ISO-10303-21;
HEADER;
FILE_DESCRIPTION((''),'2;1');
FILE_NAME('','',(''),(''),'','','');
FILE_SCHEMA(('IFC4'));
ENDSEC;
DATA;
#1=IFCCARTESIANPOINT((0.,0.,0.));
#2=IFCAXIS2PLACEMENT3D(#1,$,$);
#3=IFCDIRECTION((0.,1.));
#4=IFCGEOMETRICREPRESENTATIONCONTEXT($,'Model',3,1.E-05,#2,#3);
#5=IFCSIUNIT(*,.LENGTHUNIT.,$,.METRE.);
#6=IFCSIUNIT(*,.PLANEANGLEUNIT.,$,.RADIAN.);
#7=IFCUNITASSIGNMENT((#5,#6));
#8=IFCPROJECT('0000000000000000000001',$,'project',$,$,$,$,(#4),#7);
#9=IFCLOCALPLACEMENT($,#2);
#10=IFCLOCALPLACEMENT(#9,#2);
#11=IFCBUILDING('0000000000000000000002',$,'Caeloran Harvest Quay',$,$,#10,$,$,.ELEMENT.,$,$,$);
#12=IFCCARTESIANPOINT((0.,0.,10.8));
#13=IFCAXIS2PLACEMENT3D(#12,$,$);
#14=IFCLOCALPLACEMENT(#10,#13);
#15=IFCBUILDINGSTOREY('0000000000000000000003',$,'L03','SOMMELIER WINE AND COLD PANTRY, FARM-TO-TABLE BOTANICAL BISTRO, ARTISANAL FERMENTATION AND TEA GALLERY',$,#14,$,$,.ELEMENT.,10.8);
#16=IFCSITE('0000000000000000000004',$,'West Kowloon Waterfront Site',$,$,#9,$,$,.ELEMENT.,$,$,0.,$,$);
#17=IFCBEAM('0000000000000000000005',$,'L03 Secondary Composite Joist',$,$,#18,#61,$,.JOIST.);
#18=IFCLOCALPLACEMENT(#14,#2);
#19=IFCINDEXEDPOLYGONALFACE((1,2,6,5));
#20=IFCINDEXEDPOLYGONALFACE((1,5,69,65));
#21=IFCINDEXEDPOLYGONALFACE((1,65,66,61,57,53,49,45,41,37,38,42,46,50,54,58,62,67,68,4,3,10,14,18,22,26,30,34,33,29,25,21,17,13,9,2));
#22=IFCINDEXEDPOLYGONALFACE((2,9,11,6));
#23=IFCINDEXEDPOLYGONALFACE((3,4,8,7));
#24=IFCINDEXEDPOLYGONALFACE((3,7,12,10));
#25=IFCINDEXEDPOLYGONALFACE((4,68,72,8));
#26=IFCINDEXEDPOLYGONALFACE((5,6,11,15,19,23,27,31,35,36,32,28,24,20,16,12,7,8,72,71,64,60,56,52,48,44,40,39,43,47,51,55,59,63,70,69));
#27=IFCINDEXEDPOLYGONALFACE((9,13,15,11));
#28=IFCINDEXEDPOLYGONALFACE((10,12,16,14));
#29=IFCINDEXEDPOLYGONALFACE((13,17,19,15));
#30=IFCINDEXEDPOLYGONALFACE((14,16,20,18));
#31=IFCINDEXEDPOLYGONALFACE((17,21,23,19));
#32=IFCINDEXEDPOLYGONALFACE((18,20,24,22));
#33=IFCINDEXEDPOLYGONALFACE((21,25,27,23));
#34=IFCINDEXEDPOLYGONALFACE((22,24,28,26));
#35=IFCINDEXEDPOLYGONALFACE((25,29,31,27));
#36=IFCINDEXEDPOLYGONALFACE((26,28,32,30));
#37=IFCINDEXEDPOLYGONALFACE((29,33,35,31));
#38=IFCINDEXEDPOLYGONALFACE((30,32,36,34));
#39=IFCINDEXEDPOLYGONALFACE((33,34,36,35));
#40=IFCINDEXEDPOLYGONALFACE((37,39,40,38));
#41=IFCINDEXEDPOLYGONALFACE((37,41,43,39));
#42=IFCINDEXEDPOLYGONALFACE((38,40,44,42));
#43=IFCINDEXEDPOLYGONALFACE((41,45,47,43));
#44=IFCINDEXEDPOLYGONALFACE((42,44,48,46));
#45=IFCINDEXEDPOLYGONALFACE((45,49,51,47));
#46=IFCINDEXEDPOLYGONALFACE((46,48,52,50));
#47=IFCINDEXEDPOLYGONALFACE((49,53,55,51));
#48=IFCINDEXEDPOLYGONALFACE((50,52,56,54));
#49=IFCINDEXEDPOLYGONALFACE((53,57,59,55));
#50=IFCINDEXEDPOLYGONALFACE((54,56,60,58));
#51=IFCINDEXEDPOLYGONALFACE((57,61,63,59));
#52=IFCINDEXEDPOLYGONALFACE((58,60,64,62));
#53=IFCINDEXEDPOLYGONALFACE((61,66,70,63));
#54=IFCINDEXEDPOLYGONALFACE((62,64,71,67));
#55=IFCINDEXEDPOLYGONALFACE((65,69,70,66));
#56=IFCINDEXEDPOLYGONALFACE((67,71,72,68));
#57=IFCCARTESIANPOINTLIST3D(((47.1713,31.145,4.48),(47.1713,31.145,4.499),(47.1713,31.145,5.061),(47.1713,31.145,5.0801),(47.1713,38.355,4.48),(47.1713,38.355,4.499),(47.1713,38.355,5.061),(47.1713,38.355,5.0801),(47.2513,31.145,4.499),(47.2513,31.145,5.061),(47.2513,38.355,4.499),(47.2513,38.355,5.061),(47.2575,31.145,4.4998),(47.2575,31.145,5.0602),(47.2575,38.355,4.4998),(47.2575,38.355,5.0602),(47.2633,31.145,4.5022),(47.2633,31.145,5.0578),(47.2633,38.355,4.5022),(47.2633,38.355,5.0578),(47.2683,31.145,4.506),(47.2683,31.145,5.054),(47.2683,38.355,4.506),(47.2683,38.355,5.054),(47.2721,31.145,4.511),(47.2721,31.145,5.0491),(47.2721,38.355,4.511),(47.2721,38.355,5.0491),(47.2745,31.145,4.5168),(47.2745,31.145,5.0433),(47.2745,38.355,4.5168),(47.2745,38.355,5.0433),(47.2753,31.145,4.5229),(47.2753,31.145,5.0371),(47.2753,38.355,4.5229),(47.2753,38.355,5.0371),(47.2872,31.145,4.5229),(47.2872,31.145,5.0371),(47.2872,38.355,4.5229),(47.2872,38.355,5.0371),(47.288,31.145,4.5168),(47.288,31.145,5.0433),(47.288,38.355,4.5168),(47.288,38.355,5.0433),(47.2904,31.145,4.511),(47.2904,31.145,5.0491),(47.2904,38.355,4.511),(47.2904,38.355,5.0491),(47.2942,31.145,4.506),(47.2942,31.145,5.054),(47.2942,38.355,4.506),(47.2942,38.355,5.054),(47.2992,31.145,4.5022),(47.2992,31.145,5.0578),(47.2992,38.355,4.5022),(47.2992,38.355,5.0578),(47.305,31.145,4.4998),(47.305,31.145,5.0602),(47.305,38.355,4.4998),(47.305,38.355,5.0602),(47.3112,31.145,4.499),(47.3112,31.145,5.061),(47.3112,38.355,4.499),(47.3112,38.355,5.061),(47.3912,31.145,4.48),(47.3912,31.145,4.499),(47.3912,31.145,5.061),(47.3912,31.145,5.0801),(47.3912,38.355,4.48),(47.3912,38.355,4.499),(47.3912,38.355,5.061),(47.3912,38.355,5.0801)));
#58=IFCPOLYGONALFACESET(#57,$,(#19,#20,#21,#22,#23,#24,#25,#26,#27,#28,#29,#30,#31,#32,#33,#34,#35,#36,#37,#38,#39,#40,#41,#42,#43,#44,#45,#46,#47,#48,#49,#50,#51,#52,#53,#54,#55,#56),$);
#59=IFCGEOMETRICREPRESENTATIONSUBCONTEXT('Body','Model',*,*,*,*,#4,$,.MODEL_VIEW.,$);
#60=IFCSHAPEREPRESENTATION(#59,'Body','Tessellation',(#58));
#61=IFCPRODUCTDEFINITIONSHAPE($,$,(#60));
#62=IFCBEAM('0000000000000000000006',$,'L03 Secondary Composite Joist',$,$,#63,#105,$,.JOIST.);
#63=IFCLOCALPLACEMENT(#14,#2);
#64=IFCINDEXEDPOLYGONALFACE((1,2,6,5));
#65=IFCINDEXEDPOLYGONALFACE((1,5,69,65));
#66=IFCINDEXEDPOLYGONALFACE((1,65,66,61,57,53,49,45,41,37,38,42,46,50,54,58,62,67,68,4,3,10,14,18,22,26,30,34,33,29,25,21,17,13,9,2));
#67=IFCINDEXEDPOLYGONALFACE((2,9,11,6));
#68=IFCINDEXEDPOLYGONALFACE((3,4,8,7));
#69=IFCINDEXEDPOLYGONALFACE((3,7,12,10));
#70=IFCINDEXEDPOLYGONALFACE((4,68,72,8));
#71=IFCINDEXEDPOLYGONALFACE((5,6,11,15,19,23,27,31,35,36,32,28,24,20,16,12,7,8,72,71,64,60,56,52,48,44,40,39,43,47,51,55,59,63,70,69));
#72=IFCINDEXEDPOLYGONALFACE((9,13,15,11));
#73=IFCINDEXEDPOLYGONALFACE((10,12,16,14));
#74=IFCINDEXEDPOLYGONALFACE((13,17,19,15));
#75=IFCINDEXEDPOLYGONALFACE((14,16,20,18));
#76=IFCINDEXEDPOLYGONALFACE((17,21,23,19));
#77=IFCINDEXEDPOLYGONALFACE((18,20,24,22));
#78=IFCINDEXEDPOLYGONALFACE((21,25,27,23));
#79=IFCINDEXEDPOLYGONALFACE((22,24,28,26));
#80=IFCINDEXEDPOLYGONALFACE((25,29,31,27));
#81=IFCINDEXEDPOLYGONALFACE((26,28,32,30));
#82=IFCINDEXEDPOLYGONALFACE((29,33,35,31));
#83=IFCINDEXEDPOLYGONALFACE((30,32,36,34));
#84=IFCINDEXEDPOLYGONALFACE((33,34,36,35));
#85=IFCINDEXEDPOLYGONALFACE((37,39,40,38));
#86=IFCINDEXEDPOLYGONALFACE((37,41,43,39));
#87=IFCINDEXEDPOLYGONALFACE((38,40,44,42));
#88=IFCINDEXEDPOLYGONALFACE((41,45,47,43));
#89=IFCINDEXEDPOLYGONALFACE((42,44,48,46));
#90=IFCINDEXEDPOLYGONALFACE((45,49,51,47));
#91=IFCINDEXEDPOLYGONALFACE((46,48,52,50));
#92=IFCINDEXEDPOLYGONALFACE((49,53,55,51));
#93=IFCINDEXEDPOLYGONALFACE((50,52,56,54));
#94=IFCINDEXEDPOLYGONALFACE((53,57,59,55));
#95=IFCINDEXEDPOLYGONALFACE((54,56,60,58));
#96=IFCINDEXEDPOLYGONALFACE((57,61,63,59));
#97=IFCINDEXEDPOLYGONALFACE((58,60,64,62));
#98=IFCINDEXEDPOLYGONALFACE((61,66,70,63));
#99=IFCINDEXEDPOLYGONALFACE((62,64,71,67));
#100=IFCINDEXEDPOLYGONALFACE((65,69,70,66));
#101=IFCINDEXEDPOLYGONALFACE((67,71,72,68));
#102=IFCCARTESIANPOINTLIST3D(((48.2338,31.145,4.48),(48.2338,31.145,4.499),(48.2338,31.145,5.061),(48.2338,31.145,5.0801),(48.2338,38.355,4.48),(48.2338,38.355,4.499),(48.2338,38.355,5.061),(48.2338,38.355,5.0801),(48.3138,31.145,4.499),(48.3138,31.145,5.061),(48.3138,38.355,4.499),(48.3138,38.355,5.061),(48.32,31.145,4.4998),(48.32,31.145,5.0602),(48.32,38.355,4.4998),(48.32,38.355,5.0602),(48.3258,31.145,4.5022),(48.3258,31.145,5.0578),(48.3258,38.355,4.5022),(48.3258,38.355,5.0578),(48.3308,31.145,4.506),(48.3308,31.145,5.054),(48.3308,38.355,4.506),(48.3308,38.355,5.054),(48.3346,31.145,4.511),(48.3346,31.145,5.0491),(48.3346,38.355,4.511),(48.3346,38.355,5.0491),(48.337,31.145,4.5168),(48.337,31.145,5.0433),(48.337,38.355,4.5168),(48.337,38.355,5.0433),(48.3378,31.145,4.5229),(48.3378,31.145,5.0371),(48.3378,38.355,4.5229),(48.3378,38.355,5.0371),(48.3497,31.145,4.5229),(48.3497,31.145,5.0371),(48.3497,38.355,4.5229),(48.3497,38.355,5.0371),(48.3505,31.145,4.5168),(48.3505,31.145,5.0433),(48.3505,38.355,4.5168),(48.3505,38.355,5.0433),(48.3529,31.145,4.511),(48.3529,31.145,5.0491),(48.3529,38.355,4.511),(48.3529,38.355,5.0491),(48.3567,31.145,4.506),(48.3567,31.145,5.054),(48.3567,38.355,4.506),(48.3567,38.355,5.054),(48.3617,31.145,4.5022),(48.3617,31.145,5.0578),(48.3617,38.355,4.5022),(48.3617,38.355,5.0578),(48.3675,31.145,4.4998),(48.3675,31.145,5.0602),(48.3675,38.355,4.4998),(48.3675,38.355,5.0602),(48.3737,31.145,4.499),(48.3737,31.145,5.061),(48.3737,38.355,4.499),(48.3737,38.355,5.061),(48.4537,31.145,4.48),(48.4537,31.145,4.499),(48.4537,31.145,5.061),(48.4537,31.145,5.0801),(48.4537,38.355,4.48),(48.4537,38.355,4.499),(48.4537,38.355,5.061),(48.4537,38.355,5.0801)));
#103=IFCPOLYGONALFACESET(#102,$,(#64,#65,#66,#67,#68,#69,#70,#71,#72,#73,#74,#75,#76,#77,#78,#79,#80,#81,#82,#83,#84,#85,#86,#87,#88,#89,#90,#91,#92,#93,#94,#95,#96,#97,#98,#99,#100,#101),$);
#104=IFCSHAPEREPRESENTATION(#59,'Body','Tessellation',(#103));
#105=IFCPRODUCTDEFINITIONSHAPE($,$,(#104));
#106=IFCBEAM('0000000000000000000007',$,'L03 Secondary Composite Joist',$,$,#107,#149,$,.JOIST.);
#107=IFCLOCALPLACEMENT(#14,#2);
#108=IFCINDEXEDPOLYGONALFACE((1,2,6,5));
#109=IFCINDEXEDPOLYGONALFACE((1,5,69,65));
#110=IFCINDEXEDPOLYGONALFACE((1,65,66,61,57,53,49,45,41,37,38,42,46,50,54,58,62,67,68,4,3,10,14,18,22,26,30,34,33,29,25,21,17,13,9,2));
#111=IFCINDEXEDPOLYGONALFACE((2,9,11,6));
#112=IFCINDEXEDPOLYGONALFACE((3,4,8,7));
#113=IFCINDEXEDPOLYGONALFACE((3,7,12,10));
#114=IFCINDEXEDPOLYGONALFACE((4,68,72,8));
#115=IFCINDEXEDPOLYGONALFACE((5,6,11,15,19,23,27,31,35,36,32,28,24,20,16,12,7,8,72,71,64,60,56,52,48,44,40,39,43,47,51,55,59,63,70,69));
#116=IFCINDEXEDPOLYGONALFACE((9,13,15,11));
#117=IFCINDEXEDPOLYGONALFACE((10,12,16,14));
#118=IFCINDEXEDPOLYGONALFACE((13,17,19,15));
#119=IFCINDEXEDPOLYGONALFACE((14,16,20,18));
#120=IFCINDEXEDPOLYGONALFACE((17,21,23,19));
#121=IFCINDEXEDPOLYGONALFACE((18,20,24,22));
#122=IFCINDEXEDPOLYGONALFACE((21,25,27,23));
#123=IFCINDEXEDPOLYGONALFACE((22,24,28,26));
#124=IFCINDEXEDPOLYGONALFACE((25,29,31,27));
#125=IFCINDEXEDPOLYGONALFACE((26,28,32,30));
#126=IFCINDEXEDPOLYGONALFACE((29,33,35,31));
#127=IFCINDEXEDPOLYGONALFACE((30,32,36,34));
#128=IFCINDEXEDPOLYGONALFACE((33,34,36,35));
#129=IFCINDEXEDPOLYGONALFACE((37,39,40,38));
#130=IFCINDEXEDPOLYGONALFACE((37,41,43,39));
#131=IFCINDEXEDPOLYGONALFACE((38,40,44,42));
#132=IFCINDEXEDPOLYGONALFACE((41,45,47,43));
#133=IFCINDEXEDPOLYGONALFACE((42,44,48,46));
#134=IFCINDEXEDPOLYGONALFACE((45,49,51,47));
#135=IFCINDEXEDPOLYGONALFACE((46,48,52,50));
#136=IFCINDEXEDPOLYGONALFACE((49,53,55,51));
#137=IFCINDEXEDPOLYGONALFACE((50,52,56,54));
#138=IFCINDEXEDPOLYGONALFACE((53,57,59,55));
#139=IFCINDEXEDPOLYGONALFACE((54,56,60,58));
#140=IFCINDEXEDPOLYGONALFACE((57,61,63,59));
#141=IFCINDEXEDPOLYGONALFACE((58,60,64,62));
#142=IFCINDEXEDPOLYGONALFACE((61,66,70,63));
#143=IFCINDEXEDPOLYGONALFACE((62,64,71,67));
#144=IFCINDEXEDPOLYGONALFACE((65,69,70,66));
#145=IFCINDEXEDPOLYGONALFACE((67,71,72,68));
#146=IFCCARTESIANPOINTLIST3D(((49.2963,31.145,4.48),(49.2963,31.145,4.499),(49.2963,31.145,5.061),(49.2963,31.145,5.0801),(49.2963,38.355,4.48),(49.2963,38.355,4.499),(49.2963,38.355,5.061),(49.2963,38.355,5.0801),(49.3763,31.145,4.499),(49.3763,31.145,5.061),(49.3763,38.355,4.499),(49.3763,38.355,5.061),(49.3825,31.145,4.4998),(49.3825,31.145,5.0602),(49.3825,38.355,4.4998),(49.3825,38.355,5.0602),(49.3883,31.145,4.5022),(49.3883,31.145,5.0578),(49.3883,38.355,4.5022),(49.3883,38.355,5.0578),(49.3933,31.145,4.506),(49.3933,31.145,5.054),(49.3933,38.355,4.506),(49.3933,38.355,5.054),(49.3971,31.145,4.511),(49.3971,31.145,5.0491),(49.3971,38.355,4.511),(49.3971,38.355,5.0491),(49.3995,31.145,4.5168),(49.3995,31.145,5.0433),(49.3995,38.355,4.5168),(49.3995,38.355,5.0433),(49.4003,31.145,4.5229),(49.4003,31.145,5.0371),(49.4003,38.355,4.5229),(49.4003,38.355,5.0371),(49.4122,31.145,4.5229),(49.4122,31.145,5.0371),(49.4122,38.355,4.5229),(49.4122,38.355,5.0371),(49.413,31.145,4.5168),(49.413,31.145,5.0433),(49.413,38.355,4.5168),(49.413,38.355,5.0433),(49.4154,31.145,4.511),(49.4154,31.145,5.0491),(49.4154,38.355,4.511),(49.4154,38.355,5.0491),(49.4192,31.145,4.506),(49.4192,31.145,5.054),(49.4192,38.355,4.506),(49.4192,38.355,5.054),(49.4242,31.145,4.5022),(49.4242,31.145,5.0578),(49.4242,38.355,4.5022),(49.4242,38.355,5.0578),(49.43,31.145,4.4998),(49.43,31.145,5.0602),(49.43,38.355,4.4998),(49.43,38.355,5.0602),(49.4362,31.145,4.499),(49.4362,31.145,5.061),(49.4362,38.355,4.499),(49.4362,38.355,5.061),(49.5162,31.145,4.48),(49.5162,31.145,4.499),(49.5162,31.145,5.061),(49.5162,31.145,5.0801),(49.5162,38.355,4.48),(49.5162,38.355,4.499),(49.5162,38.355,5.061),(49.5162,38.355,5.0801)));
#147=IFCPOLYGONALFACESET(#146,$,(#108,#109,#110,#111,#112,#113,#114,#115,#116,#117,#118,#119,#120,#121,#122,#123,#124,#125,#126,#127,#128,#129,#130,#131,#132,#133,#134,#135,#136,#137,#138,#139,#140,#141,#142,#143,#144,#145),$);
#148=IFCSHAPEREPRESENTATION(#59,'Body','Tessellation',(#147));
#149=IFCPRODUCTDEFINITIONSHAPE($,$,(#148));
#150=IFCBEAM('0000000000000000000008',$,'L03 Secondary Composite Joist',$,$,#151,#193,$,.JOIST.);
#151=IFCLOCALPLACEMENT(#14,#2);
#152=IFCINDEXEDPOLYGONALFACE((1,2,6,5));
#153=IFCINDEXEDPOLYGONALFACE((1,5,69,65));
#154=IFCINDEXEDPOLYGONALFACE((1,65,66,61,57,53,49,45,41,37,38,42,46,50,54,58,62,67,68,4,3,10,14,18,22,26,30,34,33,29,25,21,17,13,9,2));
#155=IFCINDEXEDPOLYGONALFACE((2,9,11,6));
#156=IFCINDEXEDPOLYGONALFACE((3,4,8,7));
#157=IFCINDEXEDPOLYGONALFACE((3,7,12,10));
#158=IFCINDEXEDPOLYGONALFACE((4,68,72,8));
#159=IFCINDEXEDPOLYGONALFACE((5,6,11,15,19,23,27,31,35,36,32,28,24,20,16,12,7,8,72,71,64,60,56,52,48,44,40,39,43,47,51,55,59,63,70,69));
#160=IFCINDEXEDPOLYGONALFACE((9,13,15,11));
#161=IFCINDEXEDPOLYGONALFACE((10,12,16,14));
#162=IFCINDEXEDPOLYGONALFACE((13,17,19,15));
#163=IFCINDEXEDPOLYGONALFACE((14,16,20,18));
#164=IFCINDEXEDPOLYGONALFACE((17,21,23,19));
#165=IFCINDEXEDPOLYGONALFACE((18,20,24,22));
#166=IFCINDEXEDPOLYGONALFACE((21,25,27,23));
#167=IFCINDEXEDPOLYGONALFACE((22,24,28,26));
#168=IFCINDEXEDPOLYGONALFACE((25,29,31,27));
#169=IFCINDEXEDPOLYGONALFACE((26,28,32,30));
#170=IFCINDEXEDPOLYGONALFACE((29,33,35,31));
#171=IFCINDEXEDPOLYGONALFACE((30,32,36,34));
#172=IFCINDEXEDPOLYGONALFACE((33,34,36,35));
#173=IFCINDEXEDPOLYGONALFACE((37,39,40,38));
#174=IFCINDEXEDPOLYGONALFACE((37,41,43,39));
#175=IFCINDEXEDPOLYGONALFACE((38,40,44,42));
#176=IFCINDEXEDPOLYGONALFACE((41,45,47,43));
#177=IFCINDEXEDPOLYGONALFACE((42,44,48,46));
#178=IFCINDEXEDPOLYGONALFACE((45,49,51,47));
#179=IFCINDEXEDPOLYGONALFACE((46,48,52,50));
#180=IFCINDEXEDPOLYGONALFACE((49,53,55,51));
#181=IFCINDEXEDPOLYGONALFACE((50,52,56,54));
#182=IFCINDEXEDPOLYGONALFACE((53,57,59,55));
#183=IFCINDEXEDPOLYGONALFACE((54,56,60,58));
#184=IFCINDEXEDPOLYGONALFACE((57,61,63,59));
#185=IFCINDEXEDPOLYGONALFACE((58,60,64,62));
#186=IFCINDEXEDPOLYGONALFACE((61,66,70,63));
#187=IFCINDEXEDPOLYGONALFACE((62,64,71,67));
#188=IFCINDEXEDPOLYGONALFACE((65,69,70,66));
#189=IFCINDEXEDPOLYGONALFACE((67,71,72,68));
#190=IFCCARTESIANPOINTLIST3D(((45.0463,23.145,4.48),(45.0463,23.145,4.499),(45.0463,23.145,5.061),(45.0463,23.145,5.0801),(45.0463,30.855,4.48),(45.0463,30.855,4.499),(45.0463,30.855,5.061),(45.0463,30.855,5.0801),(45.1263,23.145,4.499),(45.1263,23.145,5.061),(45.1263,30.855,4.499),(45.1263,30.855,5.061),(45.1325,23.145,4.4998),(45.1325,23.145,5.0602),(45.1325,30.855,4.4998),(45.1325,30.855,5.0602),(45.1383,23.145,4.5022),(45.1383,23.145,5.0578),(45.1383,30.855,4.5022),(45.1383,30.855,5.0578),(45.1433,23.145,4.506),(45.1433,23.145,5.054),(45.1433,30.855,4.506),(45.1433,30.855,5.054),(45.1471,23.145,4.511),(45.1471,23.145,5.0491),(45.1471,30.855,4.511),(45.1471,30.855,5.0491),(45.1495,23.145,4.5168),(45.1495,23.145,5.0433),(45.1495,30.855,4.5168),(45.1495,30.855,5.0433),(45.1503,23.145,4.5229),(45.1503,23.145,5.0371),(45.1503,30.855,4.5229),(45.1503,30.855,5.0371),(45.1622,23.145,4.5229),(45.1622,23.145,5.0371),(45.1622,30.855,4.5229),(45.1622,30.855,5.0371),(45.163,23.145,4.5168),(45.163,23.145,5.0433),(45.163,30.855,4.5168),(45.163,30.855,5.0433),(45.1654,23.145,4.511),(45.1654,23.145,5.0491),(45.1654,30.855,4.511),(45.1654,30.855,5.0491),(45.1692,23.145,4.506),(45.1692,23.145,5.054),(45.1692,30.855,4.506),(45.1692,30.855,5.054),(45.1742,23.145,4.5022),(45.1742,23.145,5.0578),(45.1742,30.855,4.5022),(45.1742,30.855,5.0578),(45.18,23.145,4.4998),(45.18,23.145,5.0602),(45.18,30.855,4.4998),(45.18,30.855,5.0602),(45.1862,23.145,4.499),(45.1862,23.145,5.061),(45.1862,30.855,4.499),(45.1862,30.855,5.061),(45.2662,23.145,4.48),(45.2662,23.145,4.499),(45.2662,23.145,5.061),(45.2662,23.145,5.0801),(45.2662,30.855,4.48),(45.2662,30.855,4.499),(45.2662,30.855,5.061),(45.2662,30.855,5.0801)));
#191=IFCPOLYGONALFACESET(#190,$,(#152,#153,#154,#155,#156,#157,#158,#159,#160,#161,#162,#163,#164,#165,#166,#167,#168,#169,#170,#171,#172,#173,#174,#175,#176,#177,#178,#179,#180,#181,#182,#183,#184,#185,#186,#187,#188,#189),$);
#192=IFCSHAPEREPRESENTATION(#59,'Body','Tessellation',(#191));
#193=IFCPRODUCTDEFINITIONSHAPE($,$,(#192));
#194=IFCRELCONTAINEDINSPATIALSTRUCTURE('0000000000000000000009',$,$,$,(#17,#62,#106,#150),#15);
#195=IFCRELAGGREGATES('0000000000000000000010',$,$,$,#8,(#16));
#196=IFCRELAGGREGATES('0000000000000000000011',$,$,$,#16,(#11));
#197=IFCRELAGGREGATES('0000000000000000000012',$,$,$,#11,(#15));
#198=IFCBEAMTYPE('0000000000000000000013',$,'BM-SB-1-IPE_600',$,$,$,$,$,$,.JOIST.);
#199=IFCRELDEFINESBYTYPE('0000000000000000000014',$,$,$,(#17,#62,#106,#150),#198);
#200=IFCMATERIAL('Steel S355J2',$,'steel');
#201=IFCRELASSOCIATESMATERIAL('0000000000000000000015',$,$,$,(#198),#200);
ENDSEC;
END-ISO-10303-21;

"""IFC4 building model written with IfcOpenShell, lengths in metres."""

from ifc_helpers import new_model, si_unit, direction, frame, origin, origin_2d, place, context, subcontext, project, spatial, i_section, extrude, material, material_profile, profile_set, type_object, element, save


model = new_model("IFC4")

# Units and contexts
model_context = context("Model", 3, precision=1e-05, world=origin(), true_north=direction((0.0, 1.0)))
body_context = subcontext(model_context, "Body", "Model", "MODEL_VIEW")
ifc_project = project(units=[si_unit("LENGTHUNIT", "METRE"), si_unit("PLANEANGLEUNIT", "RADIAN")], contexts=[model_context])

# Site, building, storey
site_placement = place(None, origin())
site = spatial("IfcSite", under=ifc_project, at=site_placement, Name="West Kowloon Waterfront Site", CompositionType="ELEMENT", RefElevation=0.0)
building_placement = place(site_placement, origin())
building = spatial("IfcBuilding", under=site, at=building_placement, Name="Caeloran Harvest Quay", CompositionType="ELEMENT")
storey_placement = place(building_placement, frame((0.0, 0.0, 10.8)))
storey = spatial("IfcBuildingStorey", under=building, at=storey_placement, Name="L03", Description="SOMMELIER WINE AND COLD PANTRY, FARM-TO-TABLE BOTANICAL BISTRO, ARTISANAL FERMENTATION AND TEA GALLERY", CompositionType="ELEMENT", Elevation=10.8)

# Beams
ifc_material_1 = material(Name="Steel S355J2", Category="steel")
ifc_material_profile_1 = material_profile(ifc_material_1, i_section(OverallWidth=0.22, OverallDepth=0.6001, WebThickness=0.012, FlangeThickness=0.019, FilletRadius=0.0239, at=origin_2d()), Name="IPE 600")
ifc_profile_set_1 = profile_set([ifc_material_profile_1], Name="Steel S355J2")
beam_type_1 = type_object("IfcBeamType", Name="BM-SB-1-IPE_600", PredefinedType="JOIST", material=ifc_profile_set_1)
for number, where, z_axis, x_axis, name in (
    (1, (47.2812, 31.145, 4.78), (0.0, 1.0, 0.0), (-1.0, 0.0, 0.0), "L03 Secondary Composite Joist"),
    (2, (48.3438, 31.145, 4.78), (0.0, 1.0, 0.0), (-1.0, 0.0, 0.0), "L03 Secondary Composite Joist"),
    (3, (49.4062, 31.145, 4.78), (0.0, 1.0, 0.0), (-1.0, 0.0, 0.0), "L03 Secondary Composite Joist"),
):
    element("IfcBeam", number, at=place(storey_placement, frame(where, z_axis=z_axis, x_axis=x_axis)), inside=storey, type_object=beam_type_1, Name=name, PredefinedType="JOIST", context=body_context, shape_type="SweptSolid", body=[
        extrude(i_section(OverallWidth=0.22, OverallDepth=0.6001, WebThickness=0.012, FlangeThickness=0.019, FilletRadius=0.0239, at=origin_2d()), origin(), (0.0, 0.0, 1.0), 7.21),
    ])
for number, where, z_axis, x_axis, name in (
    (4, (45.1562, 23.145, 4.78), (0.0, 1.0, 0.0), (-1.0, 0.0, 0.0), "L03 Secondary Composite Joist"),
):
    element("IfcBeam", number, at=place(storey_placement, frame(where, z_axis=z_axis, x_axis=x_axis)), inside=storey, type_object=beam_type_1, Name=name, PredefinedType="JOIST", context=body_context, shape_type="SweptSolid", body=[
        extrude(i_section(OverallWidth=0.22, OverallDepth=0.6001, WebThickness=0.012, FlangeThickness=0.019, FilletRadius=0.0239, at=origin_2d()), origin(), (0.0, 0.0, 1.0), 7.71),
    ])

save(model, "model.ifc")
